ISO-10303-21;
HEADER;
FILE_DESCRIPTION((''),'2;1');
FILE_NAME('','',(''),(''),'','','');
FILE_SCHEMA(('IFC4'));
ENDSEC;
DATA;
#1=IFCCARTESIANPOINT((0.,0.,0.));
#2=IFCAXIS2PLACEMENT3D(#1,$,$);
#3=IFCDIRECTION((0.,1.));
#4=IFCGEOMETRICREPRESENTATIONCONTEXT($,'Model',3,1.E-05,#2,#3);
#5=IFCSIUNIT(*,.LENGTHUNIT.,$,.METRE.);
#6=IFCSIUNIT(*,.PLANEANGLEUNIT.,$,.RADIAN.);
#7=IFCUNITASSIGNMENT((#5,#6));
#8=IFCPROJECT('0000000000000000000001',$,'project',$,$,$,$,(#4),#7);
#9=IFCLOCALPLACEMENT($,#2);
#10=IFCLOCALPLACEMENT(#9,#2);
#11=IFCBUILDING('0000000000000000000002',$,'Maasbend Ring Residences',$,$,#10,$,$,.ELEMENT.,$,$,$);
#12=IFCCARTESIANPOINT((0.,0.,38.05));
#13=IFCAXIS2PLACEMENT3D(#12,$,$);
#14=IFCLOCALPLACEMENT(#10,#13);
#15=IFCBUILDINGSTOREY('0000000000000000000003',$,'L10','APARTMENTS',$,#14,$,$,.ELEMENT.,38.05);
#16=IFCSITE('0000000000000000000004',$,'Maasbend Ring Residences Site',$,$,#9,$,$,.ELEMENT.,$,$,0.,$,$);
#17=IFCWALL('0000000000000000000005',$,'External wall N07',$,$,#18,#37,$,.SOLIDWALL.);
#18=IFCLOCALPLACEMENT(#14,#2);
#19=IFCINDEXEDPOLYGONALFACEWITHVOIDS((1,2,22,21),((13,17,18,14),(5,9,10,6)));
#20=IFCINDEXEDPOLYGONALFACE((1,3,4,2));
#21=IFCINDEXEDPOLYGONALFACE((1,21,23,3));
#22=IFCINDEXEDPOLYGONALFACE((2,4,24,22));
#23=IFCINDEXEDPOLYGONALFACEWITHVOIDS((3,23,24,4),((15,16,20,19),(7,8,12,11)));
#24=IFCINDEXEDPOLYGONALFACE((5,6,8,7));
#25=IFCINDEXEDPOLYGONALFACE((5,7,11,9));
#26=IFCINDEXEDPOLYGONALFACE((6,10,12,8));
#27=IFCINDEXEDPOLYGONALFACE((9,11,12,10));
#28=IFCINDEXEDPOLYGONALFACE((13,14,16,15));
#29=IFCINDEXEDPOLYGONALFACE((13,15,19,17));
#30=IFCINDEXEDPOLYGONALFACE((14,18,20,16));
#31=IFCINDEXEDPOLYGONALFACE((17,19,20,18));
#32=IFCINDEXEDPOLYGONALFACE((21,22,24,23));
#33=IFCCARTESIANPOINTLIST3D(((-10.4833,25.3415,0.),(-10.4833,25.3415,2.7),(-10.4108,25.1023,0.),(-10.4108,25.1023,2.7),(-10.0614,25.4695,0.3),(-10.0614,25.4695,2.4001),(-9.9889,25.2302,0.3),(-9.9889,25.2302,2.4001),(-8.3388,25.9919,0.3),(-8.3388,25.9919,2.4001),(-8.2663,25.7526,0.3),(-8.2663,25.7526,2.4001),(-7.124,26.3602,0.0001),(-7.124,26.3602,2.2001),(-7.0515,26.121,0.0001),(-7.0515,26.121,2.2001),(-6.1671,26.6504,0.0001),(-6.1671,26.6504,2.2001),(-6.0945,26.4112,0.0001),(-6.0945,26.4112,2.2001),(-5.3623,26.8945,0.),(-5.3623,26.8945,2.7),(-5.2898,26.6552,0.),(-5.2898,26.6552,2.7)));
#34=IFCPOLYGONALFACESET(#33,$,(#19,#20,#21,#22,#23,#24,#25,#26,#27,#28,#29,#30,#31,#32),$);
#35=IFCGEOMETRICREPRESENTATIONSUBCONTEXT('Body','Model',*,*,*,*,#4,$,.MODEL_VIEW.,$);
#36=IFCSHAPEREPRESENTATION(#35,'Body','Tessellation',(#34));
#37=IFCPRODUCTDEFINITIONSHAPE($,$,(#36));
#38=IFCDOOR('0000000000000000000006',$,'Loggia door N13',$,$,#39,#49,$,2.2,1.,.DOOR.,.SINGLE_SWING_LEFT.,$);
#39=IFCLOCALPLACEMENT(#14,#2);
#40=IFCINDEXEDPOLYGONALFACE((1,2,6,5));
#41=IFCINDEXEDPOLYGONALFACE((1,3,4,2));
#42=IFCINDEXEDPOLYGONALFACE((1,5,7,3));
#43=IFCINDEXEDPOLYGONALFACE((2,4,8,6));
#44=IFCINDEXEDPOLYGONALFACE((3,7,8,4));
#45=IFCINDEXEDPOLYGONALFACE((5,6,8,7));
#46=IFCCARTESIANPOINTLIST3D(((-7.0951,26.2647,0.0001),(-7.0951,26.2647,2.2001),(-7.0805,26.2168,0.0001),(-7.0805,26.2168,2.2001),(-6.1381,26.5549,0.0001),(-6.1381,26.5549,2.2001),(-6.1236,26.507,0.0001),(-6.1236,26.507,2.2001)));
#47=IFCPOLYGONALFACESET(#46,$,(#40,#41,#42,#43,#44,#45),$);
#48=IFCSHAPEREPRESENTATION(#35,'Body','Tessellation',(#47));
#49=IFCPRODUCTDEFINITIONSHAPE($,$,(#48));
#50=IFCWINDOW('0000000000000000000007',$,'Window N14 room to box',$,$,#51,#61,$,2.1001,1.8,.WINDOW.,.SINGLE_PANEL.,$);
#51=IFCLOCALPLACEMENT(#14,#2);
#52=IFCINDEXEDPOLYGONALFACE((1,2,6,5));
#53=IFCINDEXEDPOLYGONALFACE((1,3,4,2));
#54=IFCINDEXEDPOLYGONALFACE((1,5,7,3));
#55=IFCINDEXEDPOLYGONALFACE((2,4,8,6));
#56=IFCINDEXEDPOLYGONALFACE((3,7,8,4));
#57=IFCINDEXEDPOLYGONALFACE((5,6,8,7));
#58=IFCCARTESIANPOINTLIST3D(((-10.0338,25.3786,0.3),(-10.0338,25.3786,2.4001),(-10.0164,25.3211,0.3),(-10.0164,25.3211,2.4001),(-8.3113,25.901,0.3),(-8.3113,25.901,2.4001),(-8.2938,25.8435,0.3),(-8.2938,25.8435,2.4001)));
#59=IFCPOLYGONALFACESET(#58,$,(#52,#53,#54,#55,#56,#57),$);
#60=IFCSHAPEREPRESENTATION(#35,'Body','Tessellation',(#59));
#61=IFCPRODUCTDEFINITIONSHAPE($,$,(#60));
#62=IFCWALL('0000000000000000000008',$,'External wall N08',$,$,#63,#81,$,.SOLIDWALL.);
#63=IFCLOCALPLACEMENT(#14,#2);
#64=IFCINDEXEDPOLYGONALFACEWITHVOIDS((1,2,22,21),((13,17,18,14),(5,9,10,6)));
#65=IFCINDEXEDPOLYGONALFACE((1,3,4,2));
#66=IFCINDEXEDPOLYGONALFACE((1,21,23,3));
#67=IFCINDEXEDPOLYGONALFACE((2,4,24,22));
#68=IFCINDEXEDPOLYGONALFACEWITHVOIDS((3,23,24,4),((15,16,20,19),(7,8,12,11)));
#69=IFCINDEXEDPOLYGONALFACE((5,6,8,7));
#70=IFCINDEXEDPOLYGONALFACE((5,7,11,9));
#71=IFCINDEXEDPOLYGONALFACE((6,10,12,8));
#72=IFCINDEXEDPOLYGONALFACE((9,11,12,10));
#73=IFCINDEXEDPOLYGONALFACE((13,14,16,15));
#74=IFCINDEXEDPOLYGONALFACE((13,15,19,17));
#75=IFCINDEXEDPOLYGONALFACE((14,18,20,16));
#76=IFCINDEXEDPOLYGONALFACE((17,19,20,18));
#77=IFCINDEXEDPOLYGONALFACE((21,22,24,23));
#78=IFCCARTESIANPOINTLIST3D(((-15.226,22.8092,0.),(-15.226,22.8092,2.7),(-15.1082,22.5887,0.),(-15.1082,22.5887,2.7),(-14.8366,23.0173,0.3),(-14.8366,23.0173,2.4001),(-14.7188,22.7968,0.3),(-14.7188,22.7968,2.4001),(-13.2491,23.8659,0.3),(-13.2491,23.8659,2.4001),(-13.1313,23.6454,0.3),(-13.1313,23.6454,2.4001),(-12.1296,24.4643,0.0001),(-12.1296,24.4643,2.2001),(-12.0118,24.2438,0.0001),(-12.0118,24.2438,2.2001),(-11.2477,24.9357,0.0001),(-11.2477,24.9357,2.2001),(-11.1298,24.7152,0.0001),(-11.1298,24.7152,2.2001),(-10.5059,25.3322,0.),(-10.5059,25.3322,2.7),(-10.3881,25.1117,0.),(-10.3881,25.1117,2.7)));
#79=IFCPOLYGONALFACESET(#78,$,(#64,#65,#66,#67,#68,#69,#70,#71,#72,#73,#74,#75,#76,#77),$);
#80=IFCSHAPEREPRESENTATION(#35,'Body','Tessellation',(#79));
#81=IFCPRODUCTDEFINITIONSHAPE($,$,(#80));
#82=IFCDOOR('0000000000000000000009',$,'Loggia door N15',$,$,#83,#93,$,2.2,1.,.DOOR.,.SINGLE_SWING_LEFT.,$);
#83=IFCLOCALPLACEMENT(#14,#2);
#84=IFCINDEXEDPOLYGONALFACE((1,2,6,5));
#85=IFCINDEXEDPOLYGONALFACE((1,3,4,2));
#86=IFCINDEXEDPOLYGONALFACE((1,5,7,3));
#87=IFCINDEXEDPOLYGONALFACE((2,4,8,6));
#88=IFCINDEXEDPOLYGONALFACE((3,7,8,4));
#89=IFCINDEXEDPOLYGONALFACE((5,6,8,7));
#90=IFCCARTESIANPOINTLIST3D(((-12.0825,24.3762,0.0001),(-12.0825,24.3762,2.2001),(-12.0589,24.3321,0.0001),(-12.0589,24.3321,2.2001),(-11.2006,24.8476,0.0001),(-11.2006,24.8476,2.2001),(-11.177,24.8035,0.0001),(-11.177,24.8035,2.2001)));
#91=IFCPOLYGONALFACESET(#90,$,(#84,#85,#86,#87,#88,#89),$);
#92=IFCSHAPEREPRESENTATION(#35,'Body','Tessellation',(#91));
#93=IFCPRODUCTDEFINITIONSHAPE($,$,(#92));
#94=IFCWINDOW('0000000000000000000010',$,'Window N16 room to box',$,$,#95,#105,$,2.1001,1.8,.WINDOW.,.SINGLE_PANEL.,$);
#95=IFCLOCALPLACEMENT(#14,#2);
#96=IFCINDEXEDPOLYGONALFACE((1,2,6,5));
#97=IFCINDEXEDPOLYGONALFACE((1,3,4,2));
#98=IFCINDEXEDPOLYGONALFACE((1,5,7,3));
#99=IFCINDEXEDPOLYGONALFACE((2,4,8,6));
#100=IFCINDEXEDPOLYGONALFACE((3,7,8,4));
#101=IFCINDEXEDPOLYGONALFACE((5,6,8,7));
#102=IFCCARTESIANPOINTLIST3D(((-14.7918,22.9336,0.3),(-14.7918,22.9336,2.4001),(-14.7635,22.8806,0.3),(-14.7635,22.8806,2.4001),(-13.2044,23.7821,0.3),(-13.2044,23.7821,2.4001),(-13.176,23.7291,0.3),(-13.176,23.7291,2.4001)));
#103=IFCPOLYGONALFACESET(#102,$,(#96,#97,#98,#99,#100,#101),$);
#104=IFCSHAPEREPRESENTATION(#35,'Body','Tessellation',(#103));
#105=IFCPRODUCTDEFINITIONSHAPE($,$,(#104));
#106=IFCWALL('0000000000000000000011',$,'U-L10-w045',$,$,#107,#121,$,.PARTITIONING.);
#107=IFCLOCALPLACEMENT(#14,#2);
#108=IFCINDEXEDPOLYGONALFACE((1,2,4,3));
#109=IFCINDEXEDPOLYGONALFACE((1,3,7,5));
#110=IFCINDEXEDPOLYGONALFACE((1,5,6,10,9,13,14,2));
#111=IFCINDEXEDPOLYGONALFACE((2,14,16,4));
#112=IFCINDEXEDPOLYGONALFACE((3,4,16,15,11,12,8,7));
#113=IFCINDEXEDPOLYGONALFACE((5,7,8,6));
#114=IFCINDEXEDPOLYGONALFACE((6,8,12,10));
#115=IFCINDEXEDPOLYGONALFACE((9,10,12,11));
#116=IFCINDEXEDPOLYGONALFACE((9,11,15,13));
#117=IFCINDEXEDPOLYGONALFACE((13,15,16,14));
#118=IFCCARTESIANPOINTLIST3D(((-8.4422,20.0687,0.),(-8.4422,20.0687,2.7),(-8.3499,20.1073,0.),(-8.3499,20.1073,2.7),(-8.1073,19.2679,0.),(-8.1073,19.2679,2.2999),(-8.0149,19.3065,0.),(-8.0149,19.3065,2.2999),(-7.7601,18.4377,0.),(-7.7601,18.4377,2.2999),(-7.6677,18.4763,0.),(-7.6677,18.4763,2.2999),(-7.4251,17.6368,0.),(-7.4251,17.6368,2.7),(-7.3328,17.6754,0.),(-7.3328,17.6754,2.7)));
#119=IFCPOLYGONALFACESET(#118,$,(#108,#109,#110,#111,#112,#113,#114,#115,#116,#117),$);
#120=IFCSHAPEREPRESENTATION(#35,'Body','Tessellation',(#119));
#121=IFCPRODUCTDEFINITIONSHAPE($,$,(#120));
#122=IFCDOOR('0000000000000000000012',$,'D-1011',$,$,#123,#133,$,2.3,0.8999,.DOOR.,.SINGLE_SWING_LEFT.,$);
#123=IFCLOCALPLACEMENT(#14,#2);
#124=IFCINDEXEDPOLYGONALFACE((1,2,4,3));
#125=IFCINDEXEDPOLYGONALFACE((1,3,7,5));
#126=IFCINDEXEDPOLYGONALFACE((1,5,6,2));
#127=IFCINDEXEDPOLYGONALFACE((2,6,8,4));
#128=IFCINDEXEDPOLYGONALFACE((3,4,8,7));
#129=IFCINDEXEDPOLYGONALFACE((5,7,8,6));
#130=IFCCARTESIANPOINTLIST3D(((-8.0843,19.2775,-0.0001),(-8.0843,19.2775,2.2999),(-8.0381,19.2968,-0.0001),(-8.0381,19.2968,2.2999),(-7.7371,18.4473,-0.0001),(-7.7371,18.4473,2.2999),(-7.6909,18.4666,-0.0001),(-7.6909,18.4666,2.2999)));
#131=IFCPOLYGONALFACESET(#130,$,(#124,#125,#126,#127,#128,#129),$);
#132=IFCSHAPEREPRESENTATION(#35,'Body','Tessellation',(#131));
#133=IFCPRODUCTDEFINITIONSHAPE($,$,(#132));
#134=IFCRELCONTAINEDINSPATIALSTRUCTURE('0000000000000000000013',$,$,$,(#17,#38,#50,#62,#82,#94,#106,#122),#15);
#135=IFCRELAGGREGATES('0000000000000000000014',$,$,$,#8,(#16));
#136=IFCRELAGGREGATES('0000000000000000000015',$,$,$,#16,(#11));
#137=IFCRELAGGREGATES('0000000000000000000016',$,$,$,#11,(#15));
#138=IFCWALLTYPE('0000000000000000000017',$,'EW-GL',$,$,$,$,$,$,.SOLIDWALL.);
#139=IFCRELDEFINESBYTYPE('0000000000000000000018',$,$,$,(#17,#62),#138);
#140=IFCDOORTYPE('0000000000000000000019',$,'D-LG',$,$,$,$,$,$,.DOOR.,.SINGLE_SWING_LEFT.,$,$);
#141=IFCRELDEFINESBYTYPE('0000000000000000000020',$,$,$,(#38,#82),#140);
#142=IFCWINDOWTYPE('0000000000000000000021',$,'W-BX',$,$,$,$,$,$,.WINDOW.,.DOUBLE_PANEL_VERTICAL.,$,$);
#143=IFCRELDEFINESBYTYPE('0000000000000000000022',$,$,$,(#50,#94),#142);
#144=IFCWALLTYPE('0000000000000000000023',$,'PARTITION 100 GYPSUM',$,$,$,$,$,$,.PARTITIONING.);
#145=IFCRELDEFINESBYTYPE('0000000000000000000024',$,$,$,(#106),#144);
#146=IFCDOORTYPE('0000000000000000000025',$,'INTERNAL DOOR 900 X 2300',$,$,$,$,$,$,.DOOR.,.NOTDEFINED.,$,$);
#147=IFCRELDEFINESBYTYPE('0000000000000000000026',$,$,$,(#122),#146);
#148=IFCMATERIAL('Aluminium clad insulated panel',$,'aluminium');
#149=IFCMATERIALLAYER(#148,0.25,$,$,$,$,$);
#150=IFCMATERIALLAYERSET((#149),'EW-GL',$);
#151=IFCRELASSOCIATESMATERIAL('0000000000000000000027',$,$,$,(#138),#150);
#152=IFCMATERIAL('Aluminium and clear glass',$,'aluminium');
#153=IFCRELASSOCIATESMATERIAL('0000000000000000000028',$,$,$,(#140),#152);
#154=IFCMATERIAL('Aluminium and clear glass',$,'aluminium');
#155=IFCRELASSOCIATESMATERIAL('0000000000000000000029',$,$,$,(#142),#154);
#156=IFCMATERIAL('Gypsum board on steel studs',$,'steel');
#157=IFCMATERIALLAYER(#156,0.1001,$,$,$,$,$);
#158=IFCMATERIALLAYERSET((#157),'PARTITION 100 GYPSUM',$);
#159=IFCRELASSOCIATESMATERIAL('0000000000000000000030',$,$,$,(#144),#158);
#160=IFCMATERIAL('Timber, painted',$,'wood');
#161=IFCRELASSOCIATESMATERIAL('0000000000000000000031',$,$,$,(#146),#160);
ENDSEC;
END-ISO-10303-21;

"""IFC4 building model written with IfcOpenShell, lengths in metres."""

from ifc_helpers import new_model, si_unit, direction, frame, frame_2d, origin, place, context, subcontext, project, spatial, rectangle, extrude, material, layer, layer_set, type_object, element, fill, save


model = new_model("IFC4")

# Units and contexts
model_context = context("Model", 3, precision=1e-05, world=origin(), true_north=direction((0.0, 1.0)))
body_context = subcontext(model_context, "Body", "Model", "MODEL_VIEW")
ifc_project = project(units=[si_unit("LENGTHUNIT", "METRE"), si_unit("PLANEANGLEUNIT", "RADIAN")], contexts=[model_context])

# Site, building, storey
site_placement = place(None, origin())
site = spatial("IfcSite", under=ifc_project, at=site_placement, Name="Maasbend Ring Residences Site", CompositionType="ELEMENT", RefElevation=0.0)
building_placement = place(site_placement, origin())
building = spatial("IfcBuilding", under=site, at=building_placement, Name="Maasbend Ring Residences", CompositionType="ELEMENT")
storey_placement = place(building_placement, frame((0.0, 0.0, 38.05)))
storey = spatial("IfcBuildingStorey", under=building, at=storey_placement, Name="L10", Description="APARTMENTS", CompositionType="ELEMENT", Elevation=38.05)

# Walls, openings, doors, windows
ifc_material_1 = material(Name="Aluminium clad insulated panel", Category="aluminium")
ifc_layer_1 = layer(ifc_material_1, 0.25)
ifc_layer_set_1 = layer_set([ifc_layer_1], Name="EW-GL")
wall_type_1 = type_object("IfcWallType", Name="EW-GL", PredefinedType="SOLIDWALL", material=ifc_layer_set_1)
wall_1_placement = place(storey_placement, frame((-5.3259, 26.7749, 0.0), z_axis=(0.0, 0.0, 1.0), x_axis=(-0.956966, -0.290201, 0.0)))
wall_1 = element("IfcWall", 1, at=wall_1_placement, inside=storey, type_object=wall_type_1, Name="External wall N07", PredefinedType="SOLIDWALL", context=body_context, shape_type="SweptSolid", body=[
    extrude(rectangle(XDim=5.3513, YDim=0.25, at=frame_2d((2.6758, 0.0))), origin(), (0.0, 0.0, 1.0), 2.7),
])
opening_1_placement = place(wall_1_placement, frame((0.8411, 0.0, 0.0)))
opening_1 = element("IfcOpeningElement", 2, at=opening_1_placement, cuts=wall_1, PredefinedType="OPENING", context=body_context, shape_type="SweptSolid", body=[
    extrude(rectangle(XDim=1.0, YDim=2.2, at=frame_2d((0.5, 1.1001))), frame((0.0, 0.135, 0.0), z_axis=(0.0, -1.0, 0.0), x_axis=(1.0, 0.0, 0.0)), (0.0, 0.0, 1.0), 0.27),
])
opening_2_placement = place(wall_1_placement, frame((3.1106, 0.0, 0.3)))
opening_2 = element("IfcOpeningElement", 3, at=opening_2_placement, cuts=wall_1, PredefinedType="OPENING", context=body_context, shape_type="SweptSolid", body=[
    extrude(rectangle(XDim=1.8, YDim=2.1001, at=frame_2d((0.8999, 1.05))), frame((0.0, 0.135, 0.0), z_axis=(0.0, -1.0, 0.0), x_axis=(1.0, 0.0, 0.0)), (0.0, 0.0, 1.0), 0.27),
])
ifc_material_2 = material(Name="Aluminium and clear glass", Category="aluminium")
door_type_1 = type_object("IfcDoorType", Name="D-LG", OperationType="SINGLE_SWING_LEFT", PredefinedType="DOOR", material=ifc_material_2)
door_1_placement = place(opening_1_placement, origin())
door_1 = element("IfcDoor", 4, at=door_1_placement, inside=storey, type_object=door_type_1, Name="Loggia door N13", OperationType="SINGLE_SWING_LEFT", OverallHeight=2.2, OverallWidth=1.0, PredefinedType="DOOR", context=body_context, shape_type="SweptSolid", body=[
    extrude(rectangle(XDim=1.0, YDim=2.2, at=frame_2d((0.5, 1.1001))), frame((0.0, 0.0249, 0.0), z_axis=(0.0, -1.0, 0.0), x_axis=(1.0, 0.0, 0.0)), (0.0, 0.0, 1.0), 0.05),
])
fill(opening_1, door_1)
ifc_material_3 = material(Name="Aluminium and clear glass", Category="aluminium")
window_type_1 = type_object("IfcWindowType", Name="W-BX", PartitioningType="DOUBLE_PANEL_VERTICAL", PredefinedType="WINDOW", material=ifc_material_3)
window_1_placement = place(opening_2_placement, origin())
window_1 = element("IfcWindow", 5, at=window_1_placement, inside=storey, type_object=window_type_1, Name="Window N14 room to box", OverallHeight=2.1001, OverallWidth=1.8, PartitioningType="SINGLE_PANEL", PredefinedType="WINDOW", context=body_context, shape_type="SweptSolid", body=[
    extrude(rectangle(XDim=1.8, YDim=2.1001, at=frame_2d((0.8999, 1.05))), frame((0.0, 0.03, 0.0), z_axis=(0.0, -1.0, 0.0), x_axis=(1.0, 0.0, 0.0)), (0.0, 0.0, 1.0), 0.0601),
])
fill(opening_2, window_1)
wall_2_placement = place(storey_placement, frame((-10.447, 25.2219, 0.0), z_axis=(0.0, 0.0, 1.0), x_axis=(-0.881916, -0.471407, 0.0)))
wall_2 = element("IfcWall", 6, at=wall_2_placement, inside=storey, type_object=wall_type_1, Name="External wall N08", PredefinedType="SOLIDWALL", context=body_context, shape_type="SweptSolid", body=[
    extrude(rectangle(XDim=5.3521, YDim=0.25, at=frame_2d((2.676, 0.0))), origin(), (0.0, 0.0, 1.0), 2.7),
])
opening_3_placement = place(wall_2_placement, frame((0.8411, 0.0, 0.0)))
opening_3 = element("IfcOpeningElement", 7, at=opening_3_placement, cuts=wall_2, PredefinedType="OPENING", context=body_context, shape_type="SweptSolid", body=[
    extrude(rectangle(XDim=1.0, YDim=2.2, at=frame_2d((0.5, 1.1001))), frame((0.0, 0.135, 0.0), z_axis=(0.0, -1.0, 0.0), x_axis=(1.0, 0.0, 0.0)), (0.0, 0.0, 1.0), 0.27),
])
opening_4_placement = place(wall_2_placement, frame((3.1106, 0.0, 0.3)))
opening_4 = element("IfcOpeningElement", 8, at=opening_4_placement, cuts=wall_2, PredefinedType="OPENING", context=body_context, shape_type="SweptSolid", body=[
    extrude(rectangle(XDim=1.8, YDim=2.1001, at=frame_2d((0.8999, 1.05))), frame((0.0, 0.135, 0.0), z_axis=(0.0, -1.0, 0.0), x_axis=(1.0, 0.0, 0.0)), (0.0, 0.0, 1.0), 0.27),
])
door_2_placement = place(opening_3_placement, origin())
door_2 = element("IfcDoor", 9, at=door_2_placement, inside=storey, type_object=door_type_1, Name="Loggia door N15", OperationType="SINGLE_SWING_LEFT", OverallHeight=2.2, OverallWidth=1.0, PredefinedType="DOOR", context=body_context, shape_type="SweptSolid", body=[
    extrude(rectangle(XDim=1.0, YDim=2.2, at=frame_2d((0.5, 1.1001))), frame((0.0, 0.0249, 0.0), z_axis=(0.0, -1.0, 0.0), x_axis=(1.0, 0.0, 0.0)), (0.0, 0.0, 1.0), 0.05),
])
fill(opening_3, door_2)
window_2_placement = place(opening_4_placement, origin())
window_2 = element("IfcWindow", 10, at=window_2_placement, inside=storey, type_object=window_type_1, Name="Window N16 room to box", OverallHeight=2.1001, OverallWidth=1.8, PartitioningType="SINGLE_PANEL", PredefinedType="WINDOW", context=body_context, shape_type="SweptSolid", body=[
    extrude(rectangle(XDim=1.8, YDim=2.1001, at=frame_2d((0.8999, 1.05))), frame((0.0, 0.03, 0.0), z_axis=(0.0, -1.0, 0.0), x_axis=(1.0, 0.0, 0.0)), (0.0, 0.0, 1.0), 0.0601),
])
fill(opening_4, window_2)

# Wall, opening, door
ifc_material_4 = material(Name="Gypsum board on steel studs", Category="steel")
ifc_layer_2 = layer(ifc_material_4, 0.1001)
ifc_layer_set_2 = layer_set([ifc_layer_2], Name="PARTITION 100 GYPSUM")
wall_type_2 = type_object("IfcWallType", Name="PARTITION 100 GYPSUM", PredefinedType="PARTITIONING", material=ifc_layer_set_2)
wall_3_placement = place(storey_placement, frame((-8.396, 20.0879, 0.0), z_axis=(0.0, 0.0, 1.0), x_axis=(0.385845, -0.922564, 0.0)))
wall_3 = element("IfcWall", 11, at=wall_3_placement, inside=storey, type_object=wall_type_2, Name="U-L10-w045", PredefinedType="PARTITIONING", context=body_context, shape_type="SweptSolid", body=[
    extrude(rectangle(XDim=2.636, YDim=0.1001, at=frame_2d((1.3179, 0.0))), origin(), (0.0, 0.0, 1.0), 2.7),
])
opening_5_placement = place(wall_3_placement, frame((0.8679, 0.0, 0.0)))
opening_5 = element("IfcOpeningElement", 12, at=opening_5_placement, cuts=wall_3, PredefinedType="OPENING", context=body_context, shape_type="SweptSolid", body=[
    extrude(rectangle(XDim=0.8999, YDim=2.3, at=frame_2d((0.45, 1.1499))), frame((0.0, 0.0601, 0.0), z_axis=(0.0, -1.0, 0.0), x_axis=(1.0, 0.0, 0.0)), (0.0, 0.0, 1.0), 0.1201),
])
ifc_material_5 = material(Name="Timber, painted", Category="wood")
door_type_2 = type_object("IfcDoorType", Name="INTERNAL DOOR 900 X 2300", OperationType="NOTDEFINED", PredefinedType="DOOR", material=ifc_material_5)
door_3_placement = place(opening_5_placement, origin())
door_3 = element("IfcDoor", 13, at=door_3_placement, inside=storey, type_object=door_type_2, Name="D-1011", OperationType="SINGLE_SWING_LEFT", OverallHeight=2.3, OverallWidth=0.8999, PredefinedType="DOOR", context=body_context, shape_type="SweptSolid", body=[
    extrude(rectangle(XDim=0.8999, YDim=2.3, at=frame_2d((0.45, 1.1499))), frame((0.0, 0.0249, 0.0), z_axis=(0.0, -1.0, 0.0), x_axis=(1.0, 0.0, 0.0)), (0.0, 0.0, 1.0), 0.05),
])
fill(opening_5, door_3)

save(model, "model.ifc")
